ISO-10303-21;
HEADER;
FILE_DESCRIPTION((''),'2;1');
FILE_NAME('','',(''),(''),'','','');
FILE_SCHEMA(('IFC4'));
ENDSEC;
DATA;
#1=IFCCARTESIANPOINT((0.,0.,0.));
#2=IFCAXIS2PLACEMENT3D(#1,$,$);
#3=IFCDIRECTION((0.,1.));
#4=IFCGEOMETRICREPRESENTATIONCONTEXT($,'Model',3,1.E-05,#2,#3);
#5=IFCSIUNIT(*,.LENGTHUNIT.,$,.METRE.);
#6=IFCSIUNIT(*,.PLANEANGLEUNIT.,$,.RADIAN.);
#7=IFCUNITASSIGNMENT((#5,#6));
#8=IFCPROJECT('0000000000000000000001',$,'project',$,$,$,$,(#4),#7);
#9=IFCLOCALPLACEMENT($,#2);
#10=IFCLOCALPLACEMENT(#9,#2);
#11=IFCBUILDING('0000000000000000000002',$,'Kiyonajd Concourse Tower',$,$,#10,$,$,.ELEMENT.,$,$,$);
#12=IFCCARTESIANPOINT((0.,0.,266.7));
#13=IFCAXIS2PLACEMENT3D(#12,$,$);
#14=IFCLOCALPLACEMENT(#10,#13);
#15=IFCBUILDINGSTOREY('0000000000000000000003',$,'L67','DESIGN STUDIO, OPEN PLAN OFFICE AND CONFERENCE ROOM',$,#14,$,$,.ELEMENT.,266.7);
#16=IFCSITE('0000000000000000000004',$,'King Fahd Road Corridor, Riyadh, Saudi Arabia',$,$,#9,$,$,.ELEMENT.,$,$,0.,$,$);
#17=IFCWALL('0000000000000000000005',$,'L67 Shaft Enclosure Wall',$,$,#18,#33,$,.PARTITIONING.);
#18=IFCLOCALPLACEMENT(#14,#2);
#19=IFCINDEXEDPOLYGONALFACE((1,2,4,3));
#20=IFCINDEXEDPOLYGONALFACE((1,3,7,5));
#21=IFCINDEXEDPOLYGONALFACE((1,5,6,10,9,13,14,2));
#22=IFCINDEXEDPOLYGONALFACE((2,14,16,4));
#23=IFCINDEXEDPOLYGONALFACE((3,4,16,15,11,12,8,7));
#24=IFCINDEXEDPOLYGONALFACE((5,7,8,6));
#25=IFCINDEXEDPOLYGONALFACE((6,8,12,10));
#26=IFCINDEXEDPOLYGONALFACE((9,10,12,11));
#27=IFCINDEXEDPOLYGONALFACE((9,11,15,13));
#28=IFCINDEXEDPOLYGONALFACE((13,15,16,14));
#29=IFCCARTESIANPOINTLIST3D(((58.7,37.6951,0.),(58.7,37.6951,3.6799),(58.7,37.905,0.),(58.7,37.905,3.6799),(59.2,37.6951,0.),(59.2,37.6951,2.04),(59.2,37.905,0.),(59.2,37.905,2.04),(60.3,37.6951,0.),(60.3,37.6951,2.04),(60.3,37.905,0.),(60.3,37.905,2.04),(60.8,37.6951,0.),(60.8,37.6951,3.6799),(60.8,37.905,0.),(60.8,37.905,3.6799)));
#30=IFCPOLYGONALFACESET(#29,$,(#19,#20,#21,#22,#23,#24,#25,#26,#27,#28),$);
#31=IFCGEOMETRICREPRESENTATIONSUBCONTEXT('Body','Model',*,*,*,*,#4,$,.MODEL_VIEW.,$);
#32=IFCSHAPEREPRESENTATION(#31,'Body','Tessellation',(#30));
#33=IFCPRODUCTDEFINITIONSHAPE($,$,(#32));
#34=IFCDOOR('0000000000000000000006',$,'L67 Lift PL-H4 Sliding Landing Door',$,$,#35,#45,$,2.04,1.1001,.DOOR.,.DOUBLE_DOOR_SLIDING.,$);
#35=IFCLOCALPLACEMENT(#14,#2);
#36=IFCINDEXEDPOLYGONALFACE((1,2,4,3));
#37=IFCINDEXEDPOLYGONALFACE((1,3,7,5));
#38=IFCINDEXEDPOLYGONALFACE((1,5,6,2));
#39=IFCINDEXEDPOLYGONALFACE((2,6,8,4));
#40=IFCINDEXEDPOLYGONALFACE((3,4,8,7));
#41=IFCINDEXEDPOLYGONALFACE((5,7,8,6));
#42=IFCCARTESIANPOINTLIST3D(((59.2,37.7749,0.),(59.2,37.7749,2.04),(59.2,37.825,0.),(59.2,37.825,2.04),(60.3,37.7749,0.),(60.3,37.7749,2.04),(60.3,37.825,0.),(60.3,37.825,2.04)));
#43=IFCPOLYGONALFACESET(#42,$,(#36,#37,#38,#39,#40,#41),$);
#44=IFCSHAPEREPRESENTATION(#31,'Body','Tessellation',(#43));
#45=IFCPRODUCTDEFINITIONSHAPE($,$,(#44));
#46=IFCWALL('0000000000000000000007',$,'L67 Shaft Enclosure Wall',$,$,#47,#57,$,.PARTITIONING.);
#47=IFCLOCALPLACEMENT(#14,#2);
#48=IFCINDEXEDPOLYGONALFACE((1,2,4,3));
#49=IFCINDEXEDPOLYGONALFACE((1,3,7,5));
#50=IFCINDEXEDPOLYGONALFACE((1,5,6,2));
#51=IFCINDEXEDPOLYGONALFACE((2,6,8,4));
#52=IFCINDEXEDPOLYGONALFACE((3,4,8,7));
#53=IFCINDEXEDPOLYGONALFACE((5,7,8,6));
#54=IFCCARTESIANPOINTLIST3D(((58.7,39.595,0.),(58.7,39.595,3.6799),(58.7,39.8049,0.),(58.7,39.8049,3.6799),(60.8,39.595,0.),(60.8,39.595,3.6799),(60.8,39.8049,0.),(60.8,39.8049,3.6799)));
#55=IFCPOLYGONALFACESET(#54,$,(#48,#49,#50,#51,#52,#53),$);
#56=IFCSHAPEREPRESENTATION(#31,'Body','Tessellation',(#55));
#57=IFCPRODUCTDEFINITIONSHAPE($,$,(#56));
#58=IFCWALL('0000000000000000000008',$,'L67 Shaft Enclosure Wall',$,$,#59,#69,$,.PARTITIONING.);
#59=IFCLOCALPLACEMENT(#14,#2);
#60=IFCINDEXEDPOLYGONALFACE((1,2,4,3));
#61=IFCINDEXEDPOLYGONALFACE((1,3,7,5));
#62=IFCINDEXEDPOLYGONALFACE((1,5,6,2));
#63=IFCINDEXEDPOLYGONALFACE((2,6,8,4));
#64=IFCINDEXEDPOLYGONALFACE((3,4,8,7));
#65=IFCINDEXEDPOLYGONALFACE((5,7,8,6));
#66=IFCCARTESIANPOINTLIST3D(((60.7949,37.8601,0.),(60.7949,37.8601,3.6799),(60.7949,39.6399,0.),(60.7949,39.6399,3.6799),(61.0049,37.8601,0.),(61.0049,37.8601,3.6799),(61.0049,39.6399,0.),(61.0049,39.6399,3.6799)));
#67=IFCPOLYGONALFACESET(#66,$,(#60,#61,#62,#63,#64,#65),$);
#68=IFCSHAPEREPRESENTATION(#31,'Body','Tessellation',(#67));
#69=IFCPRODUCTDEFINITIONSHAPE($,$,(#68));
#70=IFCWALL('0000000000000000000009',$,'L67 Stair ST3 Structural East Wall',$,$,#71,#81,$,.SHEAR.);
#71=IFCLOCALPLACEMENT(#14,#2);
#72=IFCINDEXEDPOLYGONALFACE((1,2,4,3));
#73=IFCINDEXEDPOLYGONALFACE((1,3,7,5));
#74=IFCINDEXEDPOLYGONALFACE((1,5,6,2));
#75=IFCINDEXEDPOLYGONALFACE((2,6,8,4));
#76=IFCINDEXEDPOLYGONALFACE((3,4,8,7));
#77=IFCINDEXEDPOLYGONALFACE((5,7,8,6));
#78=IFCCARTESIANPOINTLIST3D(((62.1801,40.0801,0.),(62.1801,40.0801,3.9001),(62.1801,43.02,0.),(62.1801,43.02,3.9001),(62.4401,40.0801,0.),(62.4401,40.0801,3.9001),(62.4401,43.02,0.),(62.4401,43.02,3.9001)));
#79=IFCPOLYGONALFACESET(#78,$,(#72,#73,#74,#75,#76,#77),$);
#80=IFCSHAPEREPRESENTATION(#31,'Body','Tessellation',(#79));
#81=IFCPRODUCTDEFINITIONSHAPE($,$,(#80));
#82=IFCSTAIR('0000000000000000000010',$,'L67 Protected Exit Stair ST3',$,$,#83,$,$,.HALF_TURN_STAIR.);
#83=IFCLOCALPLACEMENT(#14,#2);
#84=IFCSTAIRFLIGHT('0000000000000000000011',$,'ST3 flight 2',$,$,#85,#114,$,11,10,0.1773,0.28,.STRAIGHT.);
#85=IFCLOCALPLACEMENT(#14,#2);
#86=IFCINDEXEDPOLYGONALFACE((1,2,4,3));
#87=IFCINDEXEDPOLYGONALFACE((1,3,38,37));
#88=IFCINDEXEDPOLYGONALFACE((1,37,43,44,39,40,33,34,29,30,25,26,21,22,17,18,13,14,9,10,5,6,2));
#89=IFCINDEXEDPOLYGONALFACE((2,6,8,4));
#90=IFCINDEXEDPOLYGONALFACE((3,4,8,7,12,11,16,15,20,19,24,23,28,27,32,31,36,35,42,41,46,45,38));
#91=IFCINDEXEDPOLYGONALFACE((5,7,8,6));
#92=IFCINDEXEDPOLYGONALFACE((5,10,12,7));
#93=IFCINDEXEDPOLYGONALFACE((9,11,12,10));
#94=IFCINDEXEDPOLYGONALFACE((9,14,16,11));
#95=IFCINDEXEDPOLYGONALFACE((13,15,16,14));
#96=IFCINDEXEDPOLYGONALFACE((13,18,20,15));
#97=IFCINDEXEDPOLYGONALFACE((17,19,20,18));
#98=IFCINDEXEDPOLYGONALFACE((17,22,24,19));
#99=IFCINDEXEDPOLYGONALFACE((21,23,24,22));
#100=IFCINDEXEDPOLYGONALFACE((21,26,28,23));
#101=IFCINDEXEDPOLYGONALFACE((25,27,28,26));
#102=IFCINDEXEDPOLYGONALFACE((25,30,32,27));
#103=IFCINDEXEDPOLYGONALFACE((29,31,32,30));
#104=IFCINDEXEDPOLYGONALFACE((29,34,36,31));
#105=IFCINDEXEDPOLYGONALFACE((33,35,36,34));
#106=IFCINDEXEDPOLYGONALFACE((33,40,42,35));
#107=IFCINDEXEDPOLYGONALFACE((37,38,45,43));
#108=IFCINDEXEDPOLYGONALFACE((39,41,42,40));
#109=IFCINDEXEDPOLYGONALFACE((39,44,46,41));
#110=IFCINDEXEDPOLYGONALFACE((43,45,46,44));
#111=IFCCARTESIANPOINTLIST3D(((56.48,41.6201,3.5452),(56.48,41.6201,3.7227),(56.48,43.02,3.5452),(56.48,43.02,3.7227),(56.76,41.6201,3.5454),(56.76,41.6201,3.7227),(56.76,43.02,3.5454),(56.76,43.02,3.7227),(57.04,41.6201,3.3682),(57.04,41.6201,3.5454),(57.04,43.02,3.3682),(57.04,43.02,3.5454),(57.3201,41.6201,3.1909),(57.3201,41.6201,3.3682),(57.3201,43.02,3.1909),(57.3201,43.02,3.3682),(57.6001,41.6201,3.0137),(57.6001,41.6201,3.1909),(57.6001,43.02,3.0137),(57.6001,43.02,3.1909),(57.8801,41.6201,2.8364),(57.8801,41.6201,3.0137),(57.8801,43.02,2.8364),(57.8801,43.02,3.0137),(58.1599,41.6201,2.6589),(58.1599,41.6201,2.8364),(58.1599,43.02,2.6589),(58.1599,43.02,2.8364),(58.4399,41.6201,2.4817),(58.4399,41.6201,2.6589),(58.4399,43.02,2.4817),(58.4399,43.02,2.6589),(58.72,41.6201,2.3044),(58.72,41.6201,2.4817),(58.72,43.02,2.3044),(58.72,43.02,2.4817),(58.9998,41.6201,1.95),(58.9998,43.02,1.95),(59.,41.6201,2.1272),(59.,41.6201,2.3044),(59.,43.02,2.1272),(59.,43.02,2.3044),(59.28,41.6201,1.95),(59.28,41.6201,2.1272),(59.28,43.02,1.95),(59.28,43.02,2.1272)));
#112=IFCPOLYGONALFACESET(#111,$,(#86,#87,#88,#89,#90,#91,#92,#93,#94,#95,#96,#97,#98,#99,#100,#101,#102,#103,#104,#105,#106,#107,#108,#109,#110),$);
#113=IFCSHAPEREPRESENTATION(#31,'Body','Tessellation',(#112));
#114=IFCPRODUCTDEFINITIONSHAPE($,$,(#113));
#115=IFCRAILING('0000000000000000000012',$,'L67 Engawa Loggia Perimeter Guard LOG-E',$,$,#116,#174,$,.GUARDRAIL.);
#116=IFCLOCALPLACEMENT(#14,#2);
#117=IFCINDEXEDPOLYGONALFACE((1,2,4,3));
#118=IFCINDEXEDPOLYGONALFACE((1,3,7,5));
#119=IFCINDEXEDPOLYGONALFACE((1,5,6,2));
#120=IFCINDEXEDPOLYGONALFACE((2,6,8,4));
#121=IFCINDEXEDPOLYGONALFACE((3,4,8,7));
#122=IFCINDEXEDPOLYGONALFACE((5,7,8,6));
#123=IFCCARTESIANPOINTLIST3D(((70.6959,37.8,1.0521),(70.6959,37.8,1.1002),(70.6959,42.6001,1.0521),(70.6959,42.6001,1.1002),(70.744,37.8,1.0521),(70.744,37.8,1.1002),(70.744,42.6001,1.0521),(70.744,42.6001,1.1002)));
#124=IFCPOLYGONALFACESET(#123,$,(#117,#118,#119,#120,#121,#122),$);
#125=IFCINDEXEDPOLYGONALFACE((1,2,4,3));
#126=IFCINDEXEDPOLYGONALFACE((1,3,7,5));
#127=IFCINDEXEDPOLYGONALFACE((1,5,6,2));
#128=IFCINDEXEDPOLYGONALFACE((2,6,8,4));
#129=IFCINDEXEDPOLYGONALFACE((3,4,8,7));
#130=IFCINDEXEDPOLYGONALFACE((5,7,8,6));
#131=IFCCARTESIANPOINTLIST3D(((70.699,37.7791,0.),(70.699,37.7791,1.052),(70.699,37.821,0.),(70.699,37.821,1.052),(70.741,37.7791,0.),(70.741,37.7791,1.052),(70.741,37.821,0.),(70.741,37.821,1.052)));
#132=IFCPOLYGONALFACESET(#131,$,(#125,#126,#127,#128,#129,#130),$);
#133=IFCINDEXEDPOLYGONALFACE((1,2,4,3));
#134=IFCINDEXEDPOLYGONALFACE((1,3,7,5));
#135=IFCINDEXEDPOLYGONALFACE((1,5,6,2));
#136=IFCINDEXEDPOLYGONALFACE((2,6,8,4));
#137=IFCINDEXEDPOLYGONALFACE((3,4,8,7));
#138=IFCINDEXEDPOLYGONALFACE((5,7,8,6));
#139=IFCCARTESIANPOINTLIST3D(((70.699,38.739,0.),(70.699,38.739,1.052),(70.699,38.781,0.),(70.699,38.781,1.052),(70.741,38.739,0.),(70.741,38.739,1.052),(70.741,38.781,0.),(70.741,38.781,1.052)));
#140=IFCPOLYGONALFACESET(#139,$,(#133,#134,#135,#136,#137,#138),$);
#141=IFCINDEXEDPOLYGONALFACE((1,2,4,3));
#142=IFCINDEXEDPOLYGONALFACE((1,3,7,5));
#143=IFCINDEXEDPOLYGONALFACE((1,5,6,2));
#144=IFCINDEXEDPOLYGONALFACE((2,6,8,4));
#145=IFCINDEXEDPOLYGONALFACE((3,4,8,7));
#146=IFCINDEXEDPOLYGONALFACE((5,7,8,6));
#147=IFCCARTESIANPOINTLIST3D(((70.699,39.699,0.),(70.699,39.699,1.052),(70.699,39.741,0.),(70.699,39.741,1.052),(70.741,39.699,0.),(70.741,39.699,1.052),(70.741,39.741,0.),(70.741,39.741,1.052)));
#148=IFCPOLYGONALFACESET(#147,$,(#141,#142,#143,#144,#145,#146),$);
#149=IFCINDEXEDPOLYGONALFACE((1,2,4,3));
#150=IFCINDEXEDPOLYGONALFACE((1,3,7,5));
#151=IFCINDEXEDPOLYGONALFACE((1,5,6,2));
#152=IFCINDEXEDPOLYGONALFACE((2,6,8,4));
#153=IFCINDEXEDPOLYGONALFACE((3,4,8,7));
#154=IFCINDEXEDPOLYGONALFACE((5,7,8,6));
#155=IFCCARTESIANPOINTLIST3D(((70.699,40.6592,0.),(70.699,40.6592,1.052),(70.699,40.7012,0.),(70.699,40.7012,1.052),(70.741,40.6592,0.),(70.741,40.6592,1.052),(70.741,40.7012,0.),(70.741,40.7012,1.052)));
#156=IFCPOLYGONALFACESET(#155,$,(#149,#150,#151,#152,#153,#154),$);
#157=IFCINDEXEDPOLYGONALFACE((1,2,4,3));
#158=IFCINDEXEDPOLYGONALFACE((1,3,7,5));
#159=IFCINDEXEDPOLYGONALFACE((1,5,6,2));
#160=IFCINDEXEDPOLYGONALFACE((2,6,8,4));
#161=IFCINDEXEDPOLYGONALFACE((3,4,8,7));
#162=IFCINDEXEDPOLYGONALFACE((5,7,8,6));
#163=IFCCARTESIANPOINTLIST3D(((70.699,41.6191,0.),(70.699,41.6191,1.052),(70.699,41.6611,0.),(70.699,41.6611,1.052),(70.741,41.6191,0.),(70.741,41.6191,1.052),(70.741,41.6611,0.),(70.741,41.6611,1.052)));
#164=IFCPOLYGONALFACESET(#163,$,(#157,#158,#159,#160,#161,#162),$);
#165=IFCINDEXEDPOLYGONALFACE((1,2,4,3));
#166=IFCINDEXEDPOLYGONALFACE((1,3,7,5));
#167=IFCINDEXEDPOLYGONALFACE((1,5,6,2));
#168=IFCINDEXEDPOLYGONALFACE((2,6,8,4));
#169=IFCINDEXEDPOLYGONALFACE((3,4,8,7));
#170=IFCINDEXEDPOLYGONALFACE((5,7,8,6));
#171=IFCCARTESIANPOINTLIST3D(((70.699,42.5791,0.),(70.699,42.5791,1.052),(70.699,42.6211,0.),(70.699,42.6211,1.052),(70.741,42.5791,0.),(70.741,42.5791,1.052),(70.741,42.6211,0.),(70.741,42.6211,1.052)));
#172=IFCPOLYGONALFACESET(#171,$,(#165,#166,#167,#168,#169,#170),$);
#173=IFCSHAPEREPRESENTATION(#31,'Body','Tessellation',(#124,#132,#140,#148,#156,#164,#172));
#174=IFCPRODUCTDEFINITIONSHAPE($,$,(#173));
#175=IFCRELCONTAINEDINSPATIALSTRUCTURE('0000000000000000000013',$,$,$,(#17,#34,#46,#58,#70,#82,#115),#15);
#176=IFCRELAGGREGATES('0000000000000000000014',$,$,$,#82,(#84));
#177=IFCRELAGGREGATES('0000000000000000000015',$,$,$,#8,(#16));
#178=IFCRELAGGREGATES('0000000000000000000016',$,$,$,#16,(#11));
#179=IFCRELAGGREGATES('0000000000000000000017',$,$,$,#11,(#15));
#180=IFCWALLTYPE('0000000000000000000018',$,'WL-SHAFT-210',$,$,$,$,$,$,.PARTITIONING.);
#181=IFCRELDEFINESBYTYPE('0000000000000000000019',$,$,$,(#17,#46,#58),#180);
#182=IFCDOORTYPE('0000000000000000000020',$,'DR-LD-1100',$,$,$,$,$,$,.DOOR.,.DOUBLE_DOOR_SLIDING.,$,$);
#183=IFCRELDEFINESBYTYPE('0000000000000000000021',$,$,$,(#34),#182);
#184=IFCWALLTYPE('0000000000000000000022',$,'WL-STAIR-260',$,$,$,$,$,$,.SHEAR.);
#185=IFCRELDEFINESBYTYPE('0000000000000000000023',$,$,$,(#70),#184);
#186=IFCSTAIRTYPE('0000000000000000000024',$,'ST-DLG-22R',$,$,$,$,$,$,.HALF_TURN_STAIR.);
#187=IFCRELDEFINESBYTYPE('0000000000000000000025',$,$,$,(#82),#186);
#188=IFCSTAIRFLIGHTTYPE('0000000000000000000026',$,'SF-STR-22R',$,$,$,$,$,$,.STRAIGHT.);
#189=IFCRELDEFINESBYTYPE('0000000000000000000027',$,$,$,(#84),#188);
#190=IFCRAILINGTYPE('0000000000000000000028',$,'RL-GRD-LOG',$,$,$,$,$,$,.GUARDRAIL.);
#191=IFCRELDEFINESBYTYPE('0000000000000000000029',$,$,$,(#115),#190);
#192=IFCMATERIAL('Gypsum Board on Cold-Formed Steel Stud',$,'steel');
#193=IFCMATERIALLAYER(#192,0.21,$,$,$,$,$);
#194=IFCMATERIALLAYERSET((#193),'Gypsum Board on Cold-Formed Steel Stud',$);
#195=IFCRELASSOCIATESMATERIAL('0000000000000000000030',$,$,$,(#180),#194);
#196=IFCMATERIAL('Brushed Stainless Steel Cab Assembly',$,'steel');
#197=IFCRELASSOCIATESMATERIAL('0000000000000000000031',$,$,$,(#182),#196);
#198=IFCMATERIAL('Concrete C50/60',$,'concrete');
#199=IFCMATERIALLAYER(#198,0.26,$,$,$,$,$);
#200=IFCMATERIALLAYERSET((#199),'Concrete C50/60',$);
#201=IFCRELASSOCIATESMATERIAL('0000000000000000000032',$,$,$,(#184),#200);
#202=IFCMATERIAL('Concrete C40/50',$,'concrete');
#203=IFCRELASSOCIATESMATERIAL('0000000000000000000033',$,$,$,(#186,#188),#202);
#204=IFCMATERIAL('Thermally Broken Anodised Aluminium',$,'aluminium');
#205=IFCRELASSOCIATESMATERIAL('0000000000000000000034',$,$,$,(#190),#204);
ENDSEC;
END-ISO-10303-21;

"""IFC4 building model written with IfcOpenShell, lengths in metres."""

from ifc_helpers import new_model, si_unit, direction, frame, frame_2d, origin, origin_2d, place, context, subcontext, project, spatial, polyline, rectangle, outline, extrude, material, layer, layer_set, type_object, element, fill, aggregate, save


model = new_model("IFC4")

# Units and contexts
model_context = context("Model", 3, precision=1e-05, world=origin(), true_north=direction((0.0, 1.0)))
body_context = subcontext(model_context, "Body", "Model", "MODEL_VIEW")
ifc_project = project(units=[si_unit("LENGTHUNIT", "METRE"), si_unit("PLANEANGLEUNIT", "RADIAN")], contexts=[model_context])

# Site, building, storey
site_placement = place(None, origin())
site = spatial("IfcSite", under=ifc_project, at=site_placement, Name="King Fahd Road Corridor, Riyadh, Saudi Arabia", CompositionType="ELEMENT", RefElevation=0.0)
building_placement = place(site_placement, origin())
building = spatial("IfcBuilding", under=site, at=building_placement, Name="Kiyonajd Concourse Tower", CompositionType="ELEMENT")
storey_placement = place(building_placement, frame((0.0, 0.0, 266.7)))
storey = spatial("IfcBuildingStorey", under=building, at=storey_placement, Name="L67", Description="DESIGN STUDIO, OPEN PLAN OFFICE AND CONFERENCE ROOM", CompositionType="ELEMENT", Elevation=266.7)

# Shared definitions
ifc_material_1 = material(Name="Thermally Broken Anodised Aluminium", Category="aluminium")

# Shared definitions
ifc_material_2 = material(Name="Gypsum Board on Cold-Formed Steel Stud", Category="steel")
ifc_layer_1 = layer(ifc_material_2, 0.21)
ifc_layer_set_1 = layer_set([ifc_layer_1], Name="Gypsum Board on Cold-Formed Steel Stud")
wall_type_1 = type_object("IfcWallType", Name="WL-SHAFT-210", PredefinedType="PARTITIONING", material=ifc_layer_set_1)

# Wall, opening, door
wall_1_placement = place(storey_placement, frame((58.7, 37.8, 0.0), z_axis=(0.0, 0.0, 1.0), x_axis=(1.0, 0.0, 0.0)))
wall_1 = element("IfcWall", 1, at=wall_1_placement, inside=storey, type_object=wall_type_1, Name="L67 Shaft Enclosure Wall", PredefinedType="PARTITIONING", context=body_context, shape_type="SweptSolid", body=[
    extrude(rectangle(XDim=2.1001, YDim=0.21, at=frame_2d((1.05, 0.0))), origin(), (0.0, 0.0, 1.0), 3.6799),
])
opening_1_placement = place(wall_1_placement, frame((0.5, 0.0, 0.0)))
opening_1 = element("IfcOpeningElement", 2, at=opening_1_placement, cuts=wall_1, PredefinedType="OPENING", context=body_context, shape_type="SweptSolid", body=[
    extrude(rectangle(XDim=1.1001, YDim=2.04, at=frame_2d((0.55, 1.02))), frame((0.0, 0.115, 0.0), z_axis=(0.0, -1.0, 0.0), x_axis=(1.0, 0.0, 0.0)), (0.0, 0.0, 1.0), 0.23),
])
ifc_material_3 = material(Name="Brushed Stainless Steel Cab Assembly", Category="steel")
door_type_1 = type_object("IfcDoorType", Name="DR-LD-1100", OperationType="DOUBLE_DOOR_SLIDING", PredefinedType="DOOR", material=ifc_material_3)
door_1_placement = place(opening_1_placement, origin())
door_1 = element("IfcDoor", 3, at=door_1_placement, inside=storey, type_object=door_type_1, Name="L67 Lift PL-H4 Sliding Landing Door", OperationType="DOUBLE_DOOR_SLIDING", OverallHeight=2.04, OverallWidth=1.1001, PredefinedType="DOOR", context=body_context, shape_type="SweptSolid", body=[
    extrude(rectangle(XDim=1.1001, YDim=2.04, at=frame_2d((0.55, 1.02))), frame((0.0, 0.0249, 0.0), z_axis=(0.0, -1.0, 0.0), x_axis=(1.0, 0.0, 0.0)), (0.0, 0.0, 1.0), 0.05),
])
fill(opening_1, door_1)

# Walls
wall_2_placement = place(storey_placement, frame((58.7, 39.7, 0.0), z_axis=(0.0, 0.0, 1.0), x_axis=(1.0, 0.0, 0.0)))
element("IfcWall", 4, at=wall_2_placement, inside=storey, type_object=wall_type_1, Name="L67 Shaft Enclosure Wall", PredefinedType="PARTITIONING", context=body_context, shape_type="SweptSolid", body=[
    extrude(rectangle(XDim=2.1001, YDim=0.21, at=frame_2d((1.05, 0.0))), origin(), (0.0, 0.0, 1.0), 3.6799),
])
wall_3_placement = place(storey_placement, frame((60.8999, 37.8601, 0.0), z_axis=(0.0, 0.0, 1.0), x_axis=(0.0, 1.0, 0.0)))
element("IfcWall", 5, at=wall_3_placement, inside=storey, type_object=wall_type_1, Name="L67 Shaft Enclosure Wall", PredefinedType="PARTITIONING", context=body_context, shape_type="SweptSolid", body=[
    extrude(rectangle(XDim=1.7798, YDim=0.21, at=frame_2d((0.8899, 0.0))), origin(), (0.0, 0.0, 1.0), 3.6799),
])
ifc_material_4 = material(Name="Concrete C50/60", Category="concrete")
ifc_layer_2 = layer(ifc_material_4, 0.26)
ifc_layer_set_2 = layer_set([ifc_layer_2], Name="Concrete C50/60")
wall_type_2 = type_object("IfcWallType", Name="WL-STAIR-260", PredefinedType="SHEAR", material=ifc_layer_set_2)
wall_4_placement = place(storey_placement, frame((62.3101, 40.0801, 0.0), z_axis=(0.0, 0.0, 1.0), x_axis=(0.0, 1.0, 0.0)))
element("IfcWall", 6, at=wall_4_placement, inside=storey, type_object=wall_type_2, Name="L67 Stair ST3 Structural East Wall", PredefinedType="SHEAR", context=body_context, shape_type="SweptSolid", body=[
    extrude(rectangle(XDim=2.9399, YDim=0.26, at=frame_2d((1.47, 0.0))), origin(), (0.0, 0.0, 1.0), 3.9001),
])

# Stair, stair flight
ifc_material_5 = material(Name="Concrete C40/50", Category="concrete")
stair_type = type_object("IfcStairType", Name="ST-DLG-22R", PredefinedType="HALF_TURN_STAIR", material=ifc_material_5)
stair_placement = place(storey_placement, origin())
stair = element("IfcStair", 7, at=stair_placement, inside=storey, type_object=stair_type, Name="L67 Protected Exit Stair ST3", PredefinedType="HALF_TURN_STAIR")
stair_flight_type = type_object("IfcStairFlightType", Name="SF-STR-22R", PredefinedType="STRAIGHT", material=ifc_material_5)
stair_flight_placement = place(storey_placement, frame((59.28, 42.3201, 1.95), z_axis=(0.0, 0.0, 1.0), x_axis=(-1.0, 0.0, 0.0)))
stair_flight = element("IfcStairFlight", 8, at=stair_flight_placement, type_object=stair_flight_type, Name="ST3 flight 2", NumberOfRisers=11, NumberOfTreads=10, PredefinedType="STRAIGHT", RiserHeight=0.1773, TreadLength=0.28, context=body_context, shape_type="SweptSolid", body=[
    extrude(outline(polyline([(0.0, 0.0), (0.0, 0.1772), (0.28, 0.1772), (0.28, 0.3545), (0.5601, 0.3545), (0.5601, 0.5317), (0.8401, 0.5317), (0.8401, 0.709), (1.1201, 0.709), (1.1201, 0.8865), (1.3999, 0.8865), (1.3999, 1.0637), (1.6799, 1.0637), (1.6799, 1.241), (1.96, 1.241), (1.96, 1.4182), (2.24, 1.4182), (2.24, 1.5955), (2.52, 1.5955), (2.52, 1.7727), (2.8, 1.7727), (2.8, 1.95), (2.8, 1.5952), (0.2803, 0.0), (0.0, 0.0)])), frame((0.0, 0.7, 0.0), z_axis=(0.0, -1.0, 0.0), x_axis=(1.0, 0.0, 0.0)), (0.0, 0.0, 1.0), 1.3999),
])
aggregate(stair, [stair_flight])

# Railing
railing_type_1 = type_object("IfcRailingType", Name="RL-GRD-LOG", PredefinedType="GUARDRAIL", material=ifc_material_1)
railing_1_placement = place(storey_placement, frame((70.72, 37.8, 0.0)))
element("IfcRailing", 9, at=railing_1_placement, inside=storey, type_object=railing_type_1, Name="L67 Engawa Loggia Perimeter Guard LOG-E", PredefinedType="GUARDRAIL", context=body_context, shape_type="SweptSolid", body=[
    extrude(rectangle(XDim=0.0481, YDim=0.0481, at=origin_2d()), frame((0.0, 0.0, 1.0762), z_axis=(0.0, 1.0, 0.0), x_axis=(-1.0, 0.0, 0.0)), (0.0, 0.0, 1.0), 4.8),
    extrude(rectangle(XDim=0.042, YDim=0.042, at=origin_2d()), origin(), (0.0, 0.0, 1.0), 1.052),
    extrude(rectangle(XDim=0.042, YDim=0.042, at=origin_2d()), frame((0.0, 0.96, 0.0)), (0.0, 0.0, 1.0), 1.052),
    extrude(rectangle(XDim=0.042, YDim=0.042, at=origin_2d()), frame((0.0, 1.9199, 0.0)), (0.0, 0.0, 1.0), 1.052),
    extrude(rectangle(XDim=0.042, YDim=0.042, at=origin_2d()), frame((0.0, 2.8801, 0.0)), (0.0, 0.0, 1.0), 1.052),
    extrude(rectangle(XDim=0.042, YDim=0.042, at=origin_2d()), frame((0.0, 3.8401, 0.0)), (0.0, 0.0, 1.0), 1.052),
    extrude(rectangle(XDim=0.042, YDim=0.042, at=origin_2d()), frame((0.0, 4.8, 0.0)), (0.0, 0.0, 1.0), 1.052),
])

save(model, "model.ifc")
